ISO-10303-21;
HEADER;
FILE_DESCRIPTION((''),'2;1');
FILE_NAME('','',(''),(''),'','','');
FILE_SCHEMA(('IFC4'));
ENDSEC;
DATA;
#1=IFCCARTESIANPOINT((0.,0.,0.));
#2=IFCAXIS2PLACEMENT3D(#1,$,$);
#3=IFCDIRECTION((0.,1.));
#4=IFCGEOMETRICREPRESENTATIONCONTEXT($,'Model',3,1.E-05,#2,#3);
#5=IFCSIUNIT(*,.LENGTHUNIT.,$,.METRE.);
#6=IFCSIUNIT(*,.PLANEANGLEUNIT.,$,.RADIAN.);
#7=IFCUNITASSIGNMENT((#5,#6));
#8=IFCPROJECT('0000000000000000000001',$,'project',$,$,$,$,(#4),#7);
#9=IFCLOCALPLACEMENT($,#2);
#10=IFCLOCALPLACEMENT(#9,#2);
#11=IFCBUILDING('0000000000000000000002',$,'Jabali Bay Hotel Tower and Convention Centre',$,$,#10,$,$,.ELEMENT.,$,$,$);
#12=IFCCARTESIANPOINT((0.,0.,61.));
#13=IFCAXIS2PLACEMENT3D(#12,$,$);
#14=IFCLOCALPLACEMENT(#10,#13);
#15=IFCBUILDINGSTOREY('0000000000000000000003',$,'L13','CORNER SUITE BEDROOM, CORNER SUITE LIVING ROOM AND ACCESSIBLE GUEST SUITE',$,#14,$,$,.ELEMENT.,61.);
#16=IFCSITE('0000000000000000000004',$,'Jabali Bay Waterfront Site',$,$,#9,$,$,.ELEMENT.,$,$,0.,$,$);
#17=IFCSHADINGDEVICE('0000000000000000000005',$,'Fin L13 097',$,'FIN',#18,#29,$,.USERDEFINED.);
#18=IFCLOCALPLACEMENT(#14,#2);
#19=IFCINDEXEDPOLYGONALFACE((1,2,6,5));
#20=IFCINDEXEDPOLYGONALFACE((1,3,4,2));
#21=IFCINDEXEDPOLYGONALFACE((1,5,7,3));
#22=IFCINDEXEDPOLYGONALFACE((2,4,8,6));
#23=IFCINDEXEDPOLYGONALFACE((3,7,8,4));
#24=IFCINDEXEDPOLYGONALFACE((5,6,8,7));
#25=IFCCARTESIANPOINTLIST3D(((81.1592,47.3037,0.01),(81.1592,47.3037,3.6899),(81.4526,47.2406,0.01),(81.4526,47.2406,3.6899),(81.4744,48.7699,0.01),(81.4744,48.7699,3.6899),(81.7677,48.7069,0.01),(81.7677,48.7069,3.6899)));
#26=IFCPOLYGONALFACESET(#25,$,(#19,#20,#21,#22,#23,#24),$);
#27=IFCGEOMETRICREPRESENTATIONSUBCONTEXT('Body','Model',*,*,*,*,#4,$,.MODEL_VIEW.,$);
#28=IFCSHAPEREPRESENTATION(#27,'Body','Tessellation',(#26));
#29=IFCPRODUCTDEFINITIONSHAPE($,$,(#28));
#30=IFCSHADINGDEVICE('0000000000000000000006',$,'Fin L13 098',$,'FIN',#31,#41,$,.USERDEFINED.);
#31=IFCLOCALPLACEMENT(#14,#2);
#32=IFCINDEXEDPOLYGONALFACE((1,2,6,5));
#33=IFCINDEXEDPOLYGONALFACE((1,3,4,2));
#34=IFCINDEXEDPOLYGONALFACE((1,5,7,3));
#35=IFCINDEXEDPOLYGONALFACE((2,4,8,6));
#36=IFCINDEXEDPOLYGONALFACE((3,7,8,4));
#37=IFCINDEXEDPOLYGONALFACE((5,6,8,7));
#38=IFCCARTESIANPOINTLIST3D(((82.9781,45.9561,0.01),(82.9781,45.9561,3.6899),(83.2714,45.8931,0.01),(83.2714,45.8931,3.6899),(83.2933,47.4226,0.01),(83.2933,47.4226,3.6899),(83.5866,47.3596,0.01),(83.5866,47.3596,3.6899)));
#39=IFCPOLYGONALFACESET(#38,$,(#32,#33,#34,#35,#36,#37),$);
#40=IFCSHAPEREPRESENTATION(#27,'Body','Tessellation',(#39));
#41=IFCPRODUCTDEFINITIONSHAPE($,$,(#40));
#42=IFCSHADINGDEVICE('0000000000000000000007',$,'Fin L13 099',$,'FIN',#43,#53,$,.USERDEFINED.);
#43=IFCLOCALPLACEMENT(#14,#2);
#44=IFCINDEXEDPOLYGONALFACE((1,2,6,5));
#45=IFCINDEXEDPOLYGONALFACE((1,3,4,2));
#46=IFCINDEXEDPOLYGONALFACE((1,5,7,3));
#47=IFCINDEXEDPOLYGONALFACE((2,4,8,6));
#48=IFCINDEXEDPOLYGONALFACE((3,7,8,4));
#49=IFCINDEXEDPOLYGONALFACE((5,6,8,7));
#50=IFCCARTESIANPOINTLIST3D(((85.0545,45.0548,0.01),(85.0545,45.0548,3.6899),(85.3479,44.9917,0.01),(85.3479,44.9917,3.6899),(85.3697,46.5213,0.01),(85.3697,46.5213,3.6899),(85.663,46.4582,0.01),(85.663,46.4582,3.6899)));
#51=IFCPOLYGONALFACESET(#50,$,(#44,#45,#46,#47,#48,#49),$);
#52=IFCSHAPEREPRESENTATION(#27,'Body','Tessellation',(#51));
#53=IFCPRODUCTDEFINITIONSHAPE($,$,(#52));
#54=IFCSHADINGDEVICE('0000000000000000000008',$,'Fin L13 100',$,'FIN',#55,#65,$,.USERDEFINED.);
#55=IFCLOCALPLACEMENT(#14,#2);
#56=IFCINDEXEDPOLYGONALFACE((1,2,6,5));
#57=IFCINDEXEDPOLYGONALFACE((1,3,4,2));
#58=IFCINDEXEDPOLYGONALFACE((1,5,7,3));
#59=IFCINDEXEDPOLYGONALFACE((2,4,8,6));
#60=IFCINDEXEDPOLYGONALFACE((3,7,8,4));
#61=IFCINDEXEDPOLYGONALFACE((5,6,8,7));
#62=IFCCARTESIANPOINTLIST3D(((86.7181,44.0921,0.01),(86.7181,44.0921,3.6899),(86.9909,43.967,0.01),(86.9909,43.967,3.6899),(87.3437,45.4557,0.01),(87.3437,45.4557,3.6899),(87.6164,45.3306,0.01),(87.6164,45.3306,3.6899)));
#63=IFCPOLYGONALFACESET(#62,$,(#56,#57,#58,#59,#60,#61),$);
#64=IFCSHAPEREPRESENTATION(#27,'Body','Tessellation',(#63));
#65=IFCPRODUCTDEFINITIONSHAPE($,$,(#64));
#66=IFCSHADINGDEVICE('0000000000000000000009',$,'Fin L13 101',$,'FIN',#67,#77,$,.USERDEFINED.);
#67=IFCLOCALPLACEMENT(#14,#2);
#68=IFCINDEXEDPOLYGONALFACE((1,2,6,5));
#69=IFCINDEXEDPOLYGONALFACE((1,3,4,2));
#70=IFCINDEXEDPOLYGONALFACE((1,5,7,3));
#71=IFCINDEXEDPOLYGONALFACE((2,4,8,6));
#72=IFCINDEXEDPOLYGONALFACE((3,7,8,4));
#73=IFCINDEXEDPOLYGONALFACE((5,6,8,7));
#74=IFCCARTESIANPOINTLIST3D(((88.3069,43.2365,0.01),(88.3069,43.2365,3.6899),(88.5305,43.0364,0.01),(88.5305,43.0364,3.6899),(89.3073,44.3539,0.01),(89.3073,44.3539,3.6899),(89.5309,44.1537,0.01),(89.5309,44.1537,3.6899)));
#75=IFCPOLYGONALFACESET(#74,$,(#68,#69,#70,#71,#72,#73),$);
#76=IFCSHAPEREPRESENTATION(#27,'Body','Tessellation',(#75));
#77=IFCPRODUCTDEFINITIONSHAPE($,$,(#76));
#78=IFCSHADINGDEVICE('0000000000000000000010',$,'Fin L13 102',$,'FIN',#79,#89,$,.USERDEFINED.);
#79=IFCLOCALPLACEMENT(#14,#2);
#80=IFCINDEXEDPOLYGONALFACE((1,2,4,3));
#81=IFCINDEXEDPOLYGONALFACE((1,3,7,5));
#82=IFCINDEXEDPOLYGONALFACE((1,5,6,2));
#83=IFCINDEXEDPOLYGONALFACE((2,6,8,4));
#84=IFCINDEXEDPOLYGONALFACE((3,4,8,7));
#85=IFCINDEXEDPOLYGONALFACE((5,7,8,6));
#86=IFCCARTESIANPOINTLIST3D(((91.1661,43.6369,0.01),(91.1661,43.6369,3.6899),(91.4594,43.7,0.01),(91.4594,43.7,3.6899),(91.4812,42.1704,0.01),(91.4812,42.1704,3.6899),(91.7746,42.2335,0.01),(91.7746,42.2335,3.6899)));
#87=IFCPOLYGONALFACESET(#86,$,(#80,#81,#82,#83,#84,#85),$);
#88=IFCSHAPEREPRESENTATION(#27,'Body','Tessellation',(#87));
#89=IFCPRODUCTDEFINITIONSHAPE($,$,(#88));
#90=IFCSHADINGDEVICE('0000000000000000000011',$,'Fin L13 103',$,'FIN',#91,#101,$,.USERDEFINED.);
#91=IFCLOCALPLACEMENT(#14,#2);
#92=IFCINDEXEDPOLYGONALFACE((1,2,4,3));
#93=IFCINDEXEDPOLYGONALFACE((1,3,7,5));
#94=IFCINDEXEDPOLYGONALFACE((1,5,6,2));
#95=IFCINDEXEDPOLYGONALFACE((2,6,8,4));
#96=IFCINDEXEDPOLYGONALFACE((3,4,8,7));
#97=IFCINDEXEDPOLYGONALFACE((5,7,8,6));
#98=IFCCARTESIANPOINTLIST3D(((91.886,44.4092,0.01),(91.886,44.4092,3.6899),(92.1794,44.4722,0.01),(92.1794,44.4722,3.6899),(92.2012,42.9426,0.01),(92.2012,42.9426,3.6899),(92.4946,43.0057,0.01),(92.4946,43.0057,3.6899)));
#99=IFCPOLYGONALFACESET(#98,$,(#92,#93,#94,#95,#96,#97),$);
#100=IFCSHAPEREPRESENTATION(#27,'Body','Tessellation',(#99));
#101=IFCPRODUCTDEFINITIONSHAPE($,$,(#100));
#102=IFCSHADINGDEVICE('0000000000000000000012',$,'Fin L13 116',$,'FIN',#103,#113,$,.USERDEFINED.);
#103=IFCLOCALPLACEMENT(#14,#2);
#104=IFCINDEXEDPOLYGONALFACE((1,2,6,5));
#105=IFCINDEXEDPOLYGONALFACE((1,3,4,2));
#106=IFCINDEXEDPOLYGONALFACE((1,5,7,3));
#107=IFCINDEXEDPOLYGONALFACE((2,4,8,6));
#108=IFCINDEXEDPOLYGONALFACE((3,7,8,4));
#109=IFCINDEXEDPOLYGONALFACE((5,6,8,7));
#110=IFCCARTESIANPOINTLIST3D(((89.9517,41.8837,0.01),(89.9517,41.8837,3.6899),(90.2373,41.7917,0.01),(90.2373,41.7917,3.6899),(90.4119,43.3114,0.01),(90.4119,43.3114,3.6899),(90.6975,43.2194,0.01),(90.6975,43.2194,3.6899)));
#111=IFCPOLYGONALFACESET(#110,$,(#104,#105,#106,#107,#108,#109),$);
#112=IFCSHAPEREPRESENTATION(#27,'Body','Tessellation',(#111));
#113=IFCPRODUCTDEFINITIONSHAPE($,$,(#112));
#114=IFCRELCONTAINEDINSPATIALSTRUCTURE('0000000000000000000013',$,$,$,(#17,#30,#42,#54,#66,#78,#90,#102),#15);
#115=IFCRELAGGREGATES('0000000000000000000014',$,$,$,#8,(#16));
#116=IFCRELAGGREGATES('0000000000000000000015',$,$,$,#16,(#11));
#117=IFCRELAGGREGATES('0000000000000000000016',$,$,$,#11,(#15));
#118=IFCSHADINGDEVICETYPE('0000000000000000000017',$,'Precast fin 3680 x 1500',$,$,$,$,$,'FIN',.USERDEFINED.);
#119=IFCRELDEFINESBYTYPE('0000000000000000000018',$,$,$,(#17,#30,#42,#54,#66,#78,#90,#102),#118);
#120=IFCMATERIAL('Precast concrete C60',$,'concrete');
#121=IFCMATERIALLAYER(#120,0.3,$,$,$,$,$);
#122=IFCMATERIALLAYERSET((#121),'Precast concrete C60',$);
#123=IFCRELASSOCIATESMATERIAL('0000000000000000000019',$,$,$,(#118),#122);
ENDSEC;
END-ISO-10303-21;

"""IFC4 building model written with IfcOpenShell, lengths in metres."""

from ifc_helpers import new_model, si_unit, direction, frame, frame_2d, origin, place, context, subcontext, project, spatial, rectangle, extrude, material, layer, layer_set, type_object, element, save


model = new_model("IFC4")

# Units and contexts
model_context = context("Model", 3, precision=1e-05, world=origin(), true_north=direction((0.0, 1.0)))
body_context = subcontext(model_context, "Body", "Model", "MODEL_VIEW")
ifc_project = project(units=[si_unit("LENGTHUNIT", "METRE"), si_unit("PLANEANGLEUNIT", "RADIAN")], contexts=[model_context])

# Site, building, storey
site_placement = place(None, origin())
site = spatial("IfcSite", under=ifc_project, at=site_placement, Name="Jabali Bay Waterfront Site", CompositionType="ELEMENT", RefElevation=0.0)
building_placement = place(site_placement, origin())
building = spatial("IfcBuilding", under=site, at=building_placement, Name="Jabali Bay Hotel Tower and Convention Centre", CompositionType="ELEMENT")
storey_placement = place(building_placement, frame((0.0, 0.0, 61.0)))
storey = spatial("IfcBuildingStorey", under=building, at=storey_placement, Name="L13", Description="CORNER SUITE BEDROOM, CORNER SUITE LIVING ROOM AND ACCESSIBLE GUEST SUITE", CompositionType="ELEMENT", Elevation=61.0)

# Shading devices
ifc_material_1 = material(Name="Precast concrete C60", Category="concrete")
ifc_layer_1 = layer(ifc_material_1, 0.3)
ifc_layer_set_1 = layer_set([ifc_layer_1], Name="Precast concrete C60")
shading_device_type = type_object("IfcShadingDeviceType", Name="Precast fin 3680 x 1500", ElementType="FIN", PredefinedType="USERDEFINED", material=ifc_layer_set_1)
shading_device_1_placement = place(storey_placement, frame((81.6211, 48.7385, 0.01), z_axis=(0.0, 0.0, 1.0), x_axis=(-0.210152, -0.977669, 0.0)))
element("IfcShadingDevice", 1, at=shading_device_1_placement, inside=storey, type_object=shading_device_type, Name="Fin L13 097", ObjectType="FIN", PredefinedType="USERDEFINED", context=body_context, shape_type="SweptSolid", body=[
    extrude(rectangle(XDim=1.4998, YDim=0.3, at=frame_2d((0.75, 0.0))), origin(), (0.0, 0.0, 1.0), 3.6799),
])
for number, where, z_axis, x_axis, name in (
    (2, (83.4399, 47.3911, 0.01), (0.0, 0.0, 1.0), (-0.210118, -0.977676, 0.0), "Fin L13 098"),
    (3, (85.5164, 46.4897, 0.01), (0.0, 0.0, 1.0), (-0.210118, -0.977676, 0.0), "Fin L13 099"),
):
    element("IfcShadingDevice", number, at=place(storey_placement, frame(where, z_axis=z_axis, x_axis=x_axis)), inside=storey, type_object=shading_device_type, Name=name, ObjectType="FIN", PredefinedType="USERDEFINED", context=body_context, shape_type="SweptSolid", body=[
        extrude(rectangle(XDim=1.5, YDim=0.3, at=frame_2d((0.75, 0.0))), origin(), (0.0, 0.0, 1.0), 3.6799),
    ])
shading_device_2_placement = place(storey_placement, frame((87.48, 45.3931, 0.01), z_axis=(0.0, 0.0, 1.0), x_axis=(-0.416952, -0.908929, 0.0)))
element("IfcShadingDevice", 4, at=shading_device_2_placement, inside=storey, type_object=shading_device_type, Name="Fin L13 100", ObjectType="FIN", PredefinedType="USERDEFINED", context=body_context, shape_type="SweptSolid", body=[
    extrude(rectangle(XDim=1.5002, YDim=0.3, at=frame_2d((0.75, 0.0))), origin(), (0.0, 0.0, 1.0), 3.6799),
])
shading_device_3_placement = place(storey_placement, frame((89.4192, 44.2539, 0.01), z_axis=(0.0, 0.0, 1.0), x_axis=(-0.667047, -0.745016, 0.0)))
element("IfcShadingDevice", 5, at=shading_device_3_placement, inside=storey, type_object=shading_device_type, Name="Fin L13 101", ObjectType="FIN", PredefinedType="USERDEFINED", context=body_context, shape_type="SweptSolid", body=[
    extrude(rectangle(XDim=1.4998, YDim=0.3, at=frame_2d((0.75, 0.0))), origin(), (0.0, 0.0, 1.0), 3.6799),
])
for number, where, z_axis, x_axis, name in (
    (6, (91.3127, 43.6685, 0.01), (0.0, 0.0, 1.0), (0.210118, -0.977676, 0.0), "Fin L13 102"),
    (7, (92.0327, 44.4407, 0.01), (0.0, 0.0, 1.0), (0.210118, -0.977676, 0.0), "Fin L13 103"),
    (8, (90.5547, 43.2654, 0.01), (0.0, 0.0, 1.0), (-0.306789, -0.951778, 0.0), "Fin L13 116"),
):
    element("IfcShadingDevice", number, at=place(storey_placement, frame(where, z_axis=z_axis, x_axis=x_axis)), inside=storey, type_object=shading_device_type, Name=name, ObjectType="FIN", PredefinedType="USERDEFINED", context=body_context, shape_type="SweptSolid", body=[
        extrude(rectangle(XDim=1.5, YDim=0.3, at=frame_2d((0.75, 0.0))), origin(), (0.0, 0.0, 1.0), 3.6799),
    ])

save(model, "model.ifc")
